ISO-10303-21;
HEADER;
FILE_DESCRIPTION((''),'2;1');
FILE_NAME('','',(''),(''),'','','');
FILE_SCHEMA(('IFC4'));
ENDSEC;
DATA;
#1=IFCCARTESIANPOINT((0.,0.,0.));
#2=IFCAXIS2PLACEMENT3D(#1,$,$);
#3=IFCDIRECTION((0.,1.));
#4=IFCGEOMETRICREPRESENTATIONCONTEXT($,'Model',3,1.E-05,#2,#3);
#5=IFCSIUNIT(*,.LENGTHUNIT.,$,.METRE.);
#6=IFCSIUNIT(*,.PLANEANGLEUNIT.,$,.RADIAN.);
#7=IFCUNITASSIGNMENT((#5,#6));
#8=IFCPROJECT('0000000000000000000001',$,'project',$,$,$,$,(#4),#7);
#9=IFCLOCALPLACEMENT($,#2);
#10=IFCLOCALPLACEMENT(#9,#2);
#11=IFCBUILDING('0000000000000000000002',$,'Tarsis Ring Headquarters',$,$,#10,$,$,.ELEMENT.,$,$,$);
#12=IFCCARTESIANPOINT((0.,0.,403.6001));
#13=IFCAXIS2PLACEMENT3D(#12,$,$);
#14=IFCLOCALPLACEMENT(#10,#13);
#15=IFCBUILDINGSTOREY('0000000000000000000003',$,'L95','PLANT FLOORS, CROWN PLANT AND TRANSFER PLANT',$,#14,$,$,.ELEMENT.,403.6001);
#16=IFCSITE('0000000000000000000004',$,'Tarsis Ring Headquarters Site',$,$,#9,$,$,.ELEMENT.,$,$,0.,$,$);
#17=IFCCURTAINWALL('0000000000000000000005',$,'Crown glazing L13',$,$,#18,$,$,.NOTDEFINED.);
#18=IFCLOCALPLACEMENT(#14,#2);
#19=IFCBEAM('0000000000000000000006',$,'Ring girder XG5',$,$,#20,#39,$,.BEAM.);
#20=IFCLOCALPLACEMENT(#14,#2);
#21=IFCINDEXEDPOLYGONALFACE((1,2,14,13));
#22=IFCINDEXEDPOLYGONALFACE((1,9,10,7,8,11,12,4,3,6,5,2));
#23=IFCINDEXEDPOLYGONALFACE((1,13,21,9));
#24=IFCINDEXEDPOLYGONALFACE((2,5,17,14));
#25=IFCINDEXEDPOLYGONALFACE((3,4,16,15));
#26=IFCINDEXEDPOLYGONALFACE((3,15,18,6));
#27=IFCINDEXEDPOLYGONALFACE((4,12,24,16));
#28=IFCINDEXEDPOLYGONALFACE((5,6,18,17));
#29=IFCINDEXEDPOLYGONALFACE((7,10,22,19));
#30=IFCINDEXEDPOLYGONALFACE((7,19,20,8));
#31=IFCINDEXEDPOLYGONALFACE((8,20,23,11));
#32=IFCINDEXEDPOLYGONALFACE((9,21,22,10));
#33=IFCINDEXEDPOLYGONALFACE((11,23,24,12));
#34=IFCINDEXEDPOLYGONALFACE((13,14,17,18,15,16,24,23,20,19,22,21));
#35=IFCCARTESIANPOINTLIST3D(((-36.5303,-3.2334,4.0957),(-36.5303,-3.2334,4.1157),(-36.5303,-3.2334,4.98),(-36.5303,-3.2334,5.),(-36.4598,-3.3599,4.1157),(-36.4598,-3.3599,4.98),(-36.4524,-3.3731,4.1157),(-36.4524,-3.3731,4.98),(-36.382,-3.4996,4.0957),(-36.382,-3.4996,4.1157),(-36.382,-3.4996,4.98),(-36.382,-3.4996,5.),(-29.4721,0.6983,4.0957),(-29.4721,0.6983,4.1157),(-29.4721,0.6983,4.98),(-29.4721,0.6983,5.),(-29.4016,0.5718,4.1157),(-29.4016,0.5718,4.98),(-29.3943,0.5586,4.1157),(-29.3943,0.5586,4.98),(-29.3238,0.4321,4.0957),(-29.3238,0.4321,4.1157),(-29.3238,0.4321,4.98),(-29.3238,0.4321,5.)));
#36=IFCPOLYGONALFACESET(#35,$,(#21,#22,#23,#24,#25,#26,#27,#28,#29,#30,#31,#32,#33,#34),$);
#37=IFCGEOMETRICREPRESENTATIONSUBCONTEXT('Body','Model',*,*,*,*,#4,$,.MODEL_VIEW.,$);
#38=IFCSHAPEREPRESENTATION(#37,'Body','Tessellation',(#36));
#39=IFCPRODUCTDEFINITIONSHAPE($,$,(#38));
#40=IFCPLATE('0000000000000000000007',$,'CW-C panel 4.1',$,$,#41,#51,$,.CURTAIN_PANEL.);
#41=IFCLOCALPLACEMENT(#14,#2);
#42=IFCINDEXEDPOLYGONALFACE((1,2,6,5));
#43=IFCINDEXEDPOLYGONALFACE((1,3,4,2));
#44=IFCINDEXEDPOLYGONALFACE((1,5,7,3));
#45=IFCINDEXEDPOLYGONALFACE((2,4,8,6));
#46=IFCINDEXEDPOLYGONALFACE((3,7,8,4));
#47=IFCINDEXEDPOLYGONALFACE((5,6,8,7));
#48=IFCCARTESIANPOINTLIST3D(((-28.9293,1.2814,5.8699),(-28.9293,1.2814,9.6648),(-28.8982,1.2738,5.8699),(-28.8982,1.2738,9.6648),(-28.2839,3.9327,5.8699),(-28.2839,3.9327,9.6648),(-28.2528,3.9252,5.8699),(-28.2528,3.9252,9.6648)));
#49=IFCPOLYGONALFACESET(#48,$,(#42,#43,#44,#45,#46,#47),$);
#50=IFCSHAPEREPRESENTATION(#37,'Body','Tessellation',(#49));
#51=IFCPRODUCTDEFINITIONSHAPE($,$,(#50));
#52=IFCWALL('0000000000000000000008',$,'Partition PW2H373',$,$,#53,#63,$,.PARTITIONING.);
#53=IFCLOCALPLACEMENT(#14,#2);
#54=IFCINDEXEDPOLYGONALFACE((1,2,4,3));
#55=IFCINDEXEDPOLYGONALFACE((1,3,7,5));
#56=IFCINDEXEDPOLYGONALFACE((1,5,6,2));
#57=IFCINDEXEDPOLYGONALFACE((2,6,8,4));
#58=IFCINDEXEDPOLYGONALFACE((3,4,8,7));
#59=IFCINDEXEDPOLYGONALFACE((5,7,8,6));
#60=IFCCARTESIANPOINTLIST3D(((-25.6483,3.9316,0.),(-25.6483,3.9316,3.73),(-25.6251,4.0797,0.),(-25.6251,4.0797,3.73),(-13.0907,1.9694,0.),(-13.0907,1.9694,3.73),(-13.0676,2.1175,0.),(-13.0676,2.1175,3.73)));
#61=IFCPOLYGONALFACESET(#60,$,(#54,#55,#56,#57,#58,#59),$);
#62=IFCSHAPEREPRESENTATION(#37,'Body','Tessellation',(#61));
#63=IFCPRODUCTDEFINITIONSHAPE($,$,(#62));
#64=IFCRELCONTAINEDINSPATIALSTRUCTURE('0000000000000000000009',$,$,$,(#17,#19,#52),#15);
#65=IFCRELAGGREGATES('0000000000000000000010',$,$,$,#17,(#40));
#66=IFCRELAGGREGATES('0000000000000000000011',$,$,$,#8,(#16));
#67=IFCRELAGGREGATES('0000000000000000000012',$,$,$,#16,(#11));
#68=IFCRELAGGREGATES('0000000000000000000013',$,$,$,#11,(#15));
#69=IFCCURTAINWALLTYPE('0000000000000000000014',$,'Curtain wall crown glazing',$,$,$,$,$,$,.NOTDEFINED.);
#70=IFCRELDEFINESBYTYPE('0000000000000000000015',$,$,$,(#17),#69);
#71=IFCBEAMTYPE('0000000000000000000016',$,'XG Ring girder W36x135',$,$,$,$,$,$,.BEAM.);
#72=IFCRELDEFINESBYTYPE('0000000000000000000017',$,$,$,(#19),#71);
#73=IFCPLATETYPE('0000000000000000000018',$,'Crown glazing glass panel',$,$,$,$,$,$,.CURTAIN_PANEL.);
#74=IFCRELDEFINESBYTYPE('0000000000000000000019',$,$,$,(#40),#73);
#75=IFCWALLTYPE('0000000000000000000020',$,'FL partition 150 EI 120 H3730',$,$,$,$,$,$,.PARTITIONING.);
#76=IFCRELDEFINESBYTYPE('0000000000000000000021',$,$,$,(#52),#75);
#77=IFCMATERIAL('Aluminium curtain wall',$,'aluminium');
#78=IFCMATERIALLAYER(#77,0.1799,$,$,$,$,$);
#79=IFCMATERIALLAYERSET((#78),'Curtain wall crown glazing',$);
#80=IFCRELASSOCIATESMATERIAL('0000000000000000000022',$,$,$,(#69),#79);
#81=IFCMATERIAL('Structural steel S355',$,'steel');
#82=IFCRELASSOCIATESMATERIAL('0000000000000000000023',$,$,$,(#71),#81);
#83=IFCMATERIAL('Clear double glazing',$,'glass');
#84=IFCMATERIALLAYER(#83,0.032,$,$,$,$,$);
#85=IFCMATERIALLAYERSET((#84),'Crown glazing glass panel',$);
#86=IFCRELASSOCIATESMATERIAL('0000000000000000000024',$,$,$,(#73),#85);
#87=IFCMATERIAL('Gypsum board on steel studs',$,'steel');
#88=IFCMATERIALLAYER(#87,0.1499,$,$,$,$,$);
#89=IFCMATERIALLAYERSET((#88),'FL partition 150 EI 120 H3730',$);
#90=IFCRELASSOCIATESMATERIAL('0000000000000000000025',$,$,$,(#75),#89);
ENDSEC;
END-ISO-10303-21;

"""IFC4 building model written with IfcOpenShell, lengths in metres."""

from ifc_helpers import new_model, si_unit, direction, frame, frame_2d, origin, origin_2d, place, context, subcontext, project, spatial, rectangle, i_section, extrude, material, layer, layer_set, material_profile, profile_set, type_object, element, aggregate, save


model = new_model("IFC4")

# Units and contexts
model_context = context("Model", 3, precision=1e-05, world=origin(), true_north=direction((0.0, 1.0)))
body_context = subcontext(model_context, "Body", "Model", "MODEL_VIEW")
ifc_project = project(units=[si_unit("LENGTHUNIT", "METRE"), si_unit("PLANEANGLEUNIT", "RADIAN")], contexts=[model_context])

# Site, building, storey
site_placement = place(None, origin())
site = spatial("IfcSite", under=ifc_project, at=site_placement, Name="Tarsis Ring Headquarters Site", CompositionType="ELEMENT", RefElevation=0.0)
building_placement = place(site_placement, origin())
building = spatial("IfcBuilding", under=site, at=building_placement, Name="Tarsis Ring Headquarters", CompositionType="ELEMENT")
storey_placement = place(building_placement, frame((0.0, 0.0, 403.6001)))
storey = spatial("IfcBuildingStorey", under=building, at=storey_placement, Name="L95", Description="PLANT FLOORS, CROWN PLANT AND TRANSFER PLANT", CompositionType="ELEMENT", Elevation=403.6001)

# Shared definitions
ifc_material_1 = material(Name="Structural steel S355", Category="steel")

# Curtain wall
ifc_material_2 = material(Name="Aluminium curtain wall", Category="aluminium")
ifc_layer_1 = layer(ifc_material_2, 0.1799)
ifc_layer_set_1 = layer_set([ifc_layer_1], Name="Curtain wall crown glazing")
curtain_wall_type = type_object("IfcCurtainWallType", Name="Curtain wall crown glazing", PredefinedType="NOTDEFINED", material=ifc_layer_set_1)
curtain_wall_placement = place(storey_placement, origin())
curtain_wall = element("IfcCurtainWall", 1, at=curtain_wall_placement, inside=storey, type_object=curtain_wall_type, Name="Crown glazing L13", PredefinedType="NOTDEFINED")

# Beam
ifc_material_profile_1 = material_profile(ifc_material_1, i_section(OverallWidth=0.3047, OverallDepth=0.9043, WebThickness=0.0151, FlangeThickness=0.02, at=origin_2d()), Name="W36x135")
ifc_profile_set_1 = profile_set([ifc_material_profile_1], Name="Structural steel S355")
beam_type_1 = type_object("IfcBeamType", Name="XG Ring girder W36x135", PredefinedType="BEAM", material=ifc_profile_set_1)
beam_1_placement = place(storey_placement, frame((-29.3979, 0.5652, 4.5479), z_axis=(-0.873607, -0.486633, 0.0), x_axis=(0.486633, -0.873607, 0.0)))
element("IfcBeam", 2, at=beam_1_placement, inside=storey, type_object=beam_type_1, Name="Ring girder XG5", PredefinedType="BEAM", context=body_context, shape_type="SweptSolid", body=[
    extrude(i_section(OverallWidth=0.3047, OverallDepth=0.9043, WebThickness=0.0151, FlangeThickness=0.02, at=origin_2d()), origin(), (0.0, 0.0, 1.0), 8.0793),
])

# Plate
ifc_material_3 = material(Name="Clear double glazing", Category="glass")
ifc_layer_2 = layer(ifc_material_3, 0.032)
ifc_layer_set_2 = layer_set([ifc_layer_2], Name="Crown glazing glass panel")
plate_type = type_object("IfcPlateType", Name="Crown glazing glass panel", PredefinedType="CURTAIN_PANEL", material=ifc_layer_set_2)
plate_placement = place(storey_placement, frame((-28.5911, 2.6033, 5.8699), z_axis=(0.0, 0.0, 1.0), x_axis=(-0.236521, -0.971626, 0.0)))
plate = element("IfcPlate", 3, at=plate_placement, type_object=plate_type, Name="CW-C panel 4.1", PredefinedType="CURTAIN_PANEL", context=body_context, shape_type="SweptSolid", body=[
    extrude(rectangle(XDim=2.7288, YDim=0.032, at=origin_2d()), origin(), (0.0, 0.0, 1.0), 3.7949),
])
aggregate(curtain_wall, [plate])

# Wall
ifc_material_4 = material(Name="Gypsum board on steel studs", Category="steel")
ifc_layer_3 = layer(ifc_material_4, 0.1499)
ifc_layer_set_3 = layer_set([ifc_layer_3], Name="FL partition 150 EI 120 H3730")
wall_type = type_object("IfcWallType", Name="FL partition 150 EI 120 H3730", PredefinedType="PARTITIONING", material=ifc_layer_set_3)
wall_placement = place(storey_placement, frame((-25.6367, 4.0056, 0.0), z_axis=(0.0, 0.0, 1.0), x_axis=(0.988012, -0.154379, 0.0)))
element("IfcWall", 4, at=wall_placement, inside=storey, type_object=wall_type, Name="Partition PW2H373", PredefinedType="PARTITIONING", context=body_context, shape_type="SweptSolid", body=[
    extrude(rectangle(XDim=12.71, YDim=0.1499, at=frame_2d((6.355, 0.0))), origin(), (0.0, 0.0, 1.0), 3.73),
])

save(model, "model.ifc")
